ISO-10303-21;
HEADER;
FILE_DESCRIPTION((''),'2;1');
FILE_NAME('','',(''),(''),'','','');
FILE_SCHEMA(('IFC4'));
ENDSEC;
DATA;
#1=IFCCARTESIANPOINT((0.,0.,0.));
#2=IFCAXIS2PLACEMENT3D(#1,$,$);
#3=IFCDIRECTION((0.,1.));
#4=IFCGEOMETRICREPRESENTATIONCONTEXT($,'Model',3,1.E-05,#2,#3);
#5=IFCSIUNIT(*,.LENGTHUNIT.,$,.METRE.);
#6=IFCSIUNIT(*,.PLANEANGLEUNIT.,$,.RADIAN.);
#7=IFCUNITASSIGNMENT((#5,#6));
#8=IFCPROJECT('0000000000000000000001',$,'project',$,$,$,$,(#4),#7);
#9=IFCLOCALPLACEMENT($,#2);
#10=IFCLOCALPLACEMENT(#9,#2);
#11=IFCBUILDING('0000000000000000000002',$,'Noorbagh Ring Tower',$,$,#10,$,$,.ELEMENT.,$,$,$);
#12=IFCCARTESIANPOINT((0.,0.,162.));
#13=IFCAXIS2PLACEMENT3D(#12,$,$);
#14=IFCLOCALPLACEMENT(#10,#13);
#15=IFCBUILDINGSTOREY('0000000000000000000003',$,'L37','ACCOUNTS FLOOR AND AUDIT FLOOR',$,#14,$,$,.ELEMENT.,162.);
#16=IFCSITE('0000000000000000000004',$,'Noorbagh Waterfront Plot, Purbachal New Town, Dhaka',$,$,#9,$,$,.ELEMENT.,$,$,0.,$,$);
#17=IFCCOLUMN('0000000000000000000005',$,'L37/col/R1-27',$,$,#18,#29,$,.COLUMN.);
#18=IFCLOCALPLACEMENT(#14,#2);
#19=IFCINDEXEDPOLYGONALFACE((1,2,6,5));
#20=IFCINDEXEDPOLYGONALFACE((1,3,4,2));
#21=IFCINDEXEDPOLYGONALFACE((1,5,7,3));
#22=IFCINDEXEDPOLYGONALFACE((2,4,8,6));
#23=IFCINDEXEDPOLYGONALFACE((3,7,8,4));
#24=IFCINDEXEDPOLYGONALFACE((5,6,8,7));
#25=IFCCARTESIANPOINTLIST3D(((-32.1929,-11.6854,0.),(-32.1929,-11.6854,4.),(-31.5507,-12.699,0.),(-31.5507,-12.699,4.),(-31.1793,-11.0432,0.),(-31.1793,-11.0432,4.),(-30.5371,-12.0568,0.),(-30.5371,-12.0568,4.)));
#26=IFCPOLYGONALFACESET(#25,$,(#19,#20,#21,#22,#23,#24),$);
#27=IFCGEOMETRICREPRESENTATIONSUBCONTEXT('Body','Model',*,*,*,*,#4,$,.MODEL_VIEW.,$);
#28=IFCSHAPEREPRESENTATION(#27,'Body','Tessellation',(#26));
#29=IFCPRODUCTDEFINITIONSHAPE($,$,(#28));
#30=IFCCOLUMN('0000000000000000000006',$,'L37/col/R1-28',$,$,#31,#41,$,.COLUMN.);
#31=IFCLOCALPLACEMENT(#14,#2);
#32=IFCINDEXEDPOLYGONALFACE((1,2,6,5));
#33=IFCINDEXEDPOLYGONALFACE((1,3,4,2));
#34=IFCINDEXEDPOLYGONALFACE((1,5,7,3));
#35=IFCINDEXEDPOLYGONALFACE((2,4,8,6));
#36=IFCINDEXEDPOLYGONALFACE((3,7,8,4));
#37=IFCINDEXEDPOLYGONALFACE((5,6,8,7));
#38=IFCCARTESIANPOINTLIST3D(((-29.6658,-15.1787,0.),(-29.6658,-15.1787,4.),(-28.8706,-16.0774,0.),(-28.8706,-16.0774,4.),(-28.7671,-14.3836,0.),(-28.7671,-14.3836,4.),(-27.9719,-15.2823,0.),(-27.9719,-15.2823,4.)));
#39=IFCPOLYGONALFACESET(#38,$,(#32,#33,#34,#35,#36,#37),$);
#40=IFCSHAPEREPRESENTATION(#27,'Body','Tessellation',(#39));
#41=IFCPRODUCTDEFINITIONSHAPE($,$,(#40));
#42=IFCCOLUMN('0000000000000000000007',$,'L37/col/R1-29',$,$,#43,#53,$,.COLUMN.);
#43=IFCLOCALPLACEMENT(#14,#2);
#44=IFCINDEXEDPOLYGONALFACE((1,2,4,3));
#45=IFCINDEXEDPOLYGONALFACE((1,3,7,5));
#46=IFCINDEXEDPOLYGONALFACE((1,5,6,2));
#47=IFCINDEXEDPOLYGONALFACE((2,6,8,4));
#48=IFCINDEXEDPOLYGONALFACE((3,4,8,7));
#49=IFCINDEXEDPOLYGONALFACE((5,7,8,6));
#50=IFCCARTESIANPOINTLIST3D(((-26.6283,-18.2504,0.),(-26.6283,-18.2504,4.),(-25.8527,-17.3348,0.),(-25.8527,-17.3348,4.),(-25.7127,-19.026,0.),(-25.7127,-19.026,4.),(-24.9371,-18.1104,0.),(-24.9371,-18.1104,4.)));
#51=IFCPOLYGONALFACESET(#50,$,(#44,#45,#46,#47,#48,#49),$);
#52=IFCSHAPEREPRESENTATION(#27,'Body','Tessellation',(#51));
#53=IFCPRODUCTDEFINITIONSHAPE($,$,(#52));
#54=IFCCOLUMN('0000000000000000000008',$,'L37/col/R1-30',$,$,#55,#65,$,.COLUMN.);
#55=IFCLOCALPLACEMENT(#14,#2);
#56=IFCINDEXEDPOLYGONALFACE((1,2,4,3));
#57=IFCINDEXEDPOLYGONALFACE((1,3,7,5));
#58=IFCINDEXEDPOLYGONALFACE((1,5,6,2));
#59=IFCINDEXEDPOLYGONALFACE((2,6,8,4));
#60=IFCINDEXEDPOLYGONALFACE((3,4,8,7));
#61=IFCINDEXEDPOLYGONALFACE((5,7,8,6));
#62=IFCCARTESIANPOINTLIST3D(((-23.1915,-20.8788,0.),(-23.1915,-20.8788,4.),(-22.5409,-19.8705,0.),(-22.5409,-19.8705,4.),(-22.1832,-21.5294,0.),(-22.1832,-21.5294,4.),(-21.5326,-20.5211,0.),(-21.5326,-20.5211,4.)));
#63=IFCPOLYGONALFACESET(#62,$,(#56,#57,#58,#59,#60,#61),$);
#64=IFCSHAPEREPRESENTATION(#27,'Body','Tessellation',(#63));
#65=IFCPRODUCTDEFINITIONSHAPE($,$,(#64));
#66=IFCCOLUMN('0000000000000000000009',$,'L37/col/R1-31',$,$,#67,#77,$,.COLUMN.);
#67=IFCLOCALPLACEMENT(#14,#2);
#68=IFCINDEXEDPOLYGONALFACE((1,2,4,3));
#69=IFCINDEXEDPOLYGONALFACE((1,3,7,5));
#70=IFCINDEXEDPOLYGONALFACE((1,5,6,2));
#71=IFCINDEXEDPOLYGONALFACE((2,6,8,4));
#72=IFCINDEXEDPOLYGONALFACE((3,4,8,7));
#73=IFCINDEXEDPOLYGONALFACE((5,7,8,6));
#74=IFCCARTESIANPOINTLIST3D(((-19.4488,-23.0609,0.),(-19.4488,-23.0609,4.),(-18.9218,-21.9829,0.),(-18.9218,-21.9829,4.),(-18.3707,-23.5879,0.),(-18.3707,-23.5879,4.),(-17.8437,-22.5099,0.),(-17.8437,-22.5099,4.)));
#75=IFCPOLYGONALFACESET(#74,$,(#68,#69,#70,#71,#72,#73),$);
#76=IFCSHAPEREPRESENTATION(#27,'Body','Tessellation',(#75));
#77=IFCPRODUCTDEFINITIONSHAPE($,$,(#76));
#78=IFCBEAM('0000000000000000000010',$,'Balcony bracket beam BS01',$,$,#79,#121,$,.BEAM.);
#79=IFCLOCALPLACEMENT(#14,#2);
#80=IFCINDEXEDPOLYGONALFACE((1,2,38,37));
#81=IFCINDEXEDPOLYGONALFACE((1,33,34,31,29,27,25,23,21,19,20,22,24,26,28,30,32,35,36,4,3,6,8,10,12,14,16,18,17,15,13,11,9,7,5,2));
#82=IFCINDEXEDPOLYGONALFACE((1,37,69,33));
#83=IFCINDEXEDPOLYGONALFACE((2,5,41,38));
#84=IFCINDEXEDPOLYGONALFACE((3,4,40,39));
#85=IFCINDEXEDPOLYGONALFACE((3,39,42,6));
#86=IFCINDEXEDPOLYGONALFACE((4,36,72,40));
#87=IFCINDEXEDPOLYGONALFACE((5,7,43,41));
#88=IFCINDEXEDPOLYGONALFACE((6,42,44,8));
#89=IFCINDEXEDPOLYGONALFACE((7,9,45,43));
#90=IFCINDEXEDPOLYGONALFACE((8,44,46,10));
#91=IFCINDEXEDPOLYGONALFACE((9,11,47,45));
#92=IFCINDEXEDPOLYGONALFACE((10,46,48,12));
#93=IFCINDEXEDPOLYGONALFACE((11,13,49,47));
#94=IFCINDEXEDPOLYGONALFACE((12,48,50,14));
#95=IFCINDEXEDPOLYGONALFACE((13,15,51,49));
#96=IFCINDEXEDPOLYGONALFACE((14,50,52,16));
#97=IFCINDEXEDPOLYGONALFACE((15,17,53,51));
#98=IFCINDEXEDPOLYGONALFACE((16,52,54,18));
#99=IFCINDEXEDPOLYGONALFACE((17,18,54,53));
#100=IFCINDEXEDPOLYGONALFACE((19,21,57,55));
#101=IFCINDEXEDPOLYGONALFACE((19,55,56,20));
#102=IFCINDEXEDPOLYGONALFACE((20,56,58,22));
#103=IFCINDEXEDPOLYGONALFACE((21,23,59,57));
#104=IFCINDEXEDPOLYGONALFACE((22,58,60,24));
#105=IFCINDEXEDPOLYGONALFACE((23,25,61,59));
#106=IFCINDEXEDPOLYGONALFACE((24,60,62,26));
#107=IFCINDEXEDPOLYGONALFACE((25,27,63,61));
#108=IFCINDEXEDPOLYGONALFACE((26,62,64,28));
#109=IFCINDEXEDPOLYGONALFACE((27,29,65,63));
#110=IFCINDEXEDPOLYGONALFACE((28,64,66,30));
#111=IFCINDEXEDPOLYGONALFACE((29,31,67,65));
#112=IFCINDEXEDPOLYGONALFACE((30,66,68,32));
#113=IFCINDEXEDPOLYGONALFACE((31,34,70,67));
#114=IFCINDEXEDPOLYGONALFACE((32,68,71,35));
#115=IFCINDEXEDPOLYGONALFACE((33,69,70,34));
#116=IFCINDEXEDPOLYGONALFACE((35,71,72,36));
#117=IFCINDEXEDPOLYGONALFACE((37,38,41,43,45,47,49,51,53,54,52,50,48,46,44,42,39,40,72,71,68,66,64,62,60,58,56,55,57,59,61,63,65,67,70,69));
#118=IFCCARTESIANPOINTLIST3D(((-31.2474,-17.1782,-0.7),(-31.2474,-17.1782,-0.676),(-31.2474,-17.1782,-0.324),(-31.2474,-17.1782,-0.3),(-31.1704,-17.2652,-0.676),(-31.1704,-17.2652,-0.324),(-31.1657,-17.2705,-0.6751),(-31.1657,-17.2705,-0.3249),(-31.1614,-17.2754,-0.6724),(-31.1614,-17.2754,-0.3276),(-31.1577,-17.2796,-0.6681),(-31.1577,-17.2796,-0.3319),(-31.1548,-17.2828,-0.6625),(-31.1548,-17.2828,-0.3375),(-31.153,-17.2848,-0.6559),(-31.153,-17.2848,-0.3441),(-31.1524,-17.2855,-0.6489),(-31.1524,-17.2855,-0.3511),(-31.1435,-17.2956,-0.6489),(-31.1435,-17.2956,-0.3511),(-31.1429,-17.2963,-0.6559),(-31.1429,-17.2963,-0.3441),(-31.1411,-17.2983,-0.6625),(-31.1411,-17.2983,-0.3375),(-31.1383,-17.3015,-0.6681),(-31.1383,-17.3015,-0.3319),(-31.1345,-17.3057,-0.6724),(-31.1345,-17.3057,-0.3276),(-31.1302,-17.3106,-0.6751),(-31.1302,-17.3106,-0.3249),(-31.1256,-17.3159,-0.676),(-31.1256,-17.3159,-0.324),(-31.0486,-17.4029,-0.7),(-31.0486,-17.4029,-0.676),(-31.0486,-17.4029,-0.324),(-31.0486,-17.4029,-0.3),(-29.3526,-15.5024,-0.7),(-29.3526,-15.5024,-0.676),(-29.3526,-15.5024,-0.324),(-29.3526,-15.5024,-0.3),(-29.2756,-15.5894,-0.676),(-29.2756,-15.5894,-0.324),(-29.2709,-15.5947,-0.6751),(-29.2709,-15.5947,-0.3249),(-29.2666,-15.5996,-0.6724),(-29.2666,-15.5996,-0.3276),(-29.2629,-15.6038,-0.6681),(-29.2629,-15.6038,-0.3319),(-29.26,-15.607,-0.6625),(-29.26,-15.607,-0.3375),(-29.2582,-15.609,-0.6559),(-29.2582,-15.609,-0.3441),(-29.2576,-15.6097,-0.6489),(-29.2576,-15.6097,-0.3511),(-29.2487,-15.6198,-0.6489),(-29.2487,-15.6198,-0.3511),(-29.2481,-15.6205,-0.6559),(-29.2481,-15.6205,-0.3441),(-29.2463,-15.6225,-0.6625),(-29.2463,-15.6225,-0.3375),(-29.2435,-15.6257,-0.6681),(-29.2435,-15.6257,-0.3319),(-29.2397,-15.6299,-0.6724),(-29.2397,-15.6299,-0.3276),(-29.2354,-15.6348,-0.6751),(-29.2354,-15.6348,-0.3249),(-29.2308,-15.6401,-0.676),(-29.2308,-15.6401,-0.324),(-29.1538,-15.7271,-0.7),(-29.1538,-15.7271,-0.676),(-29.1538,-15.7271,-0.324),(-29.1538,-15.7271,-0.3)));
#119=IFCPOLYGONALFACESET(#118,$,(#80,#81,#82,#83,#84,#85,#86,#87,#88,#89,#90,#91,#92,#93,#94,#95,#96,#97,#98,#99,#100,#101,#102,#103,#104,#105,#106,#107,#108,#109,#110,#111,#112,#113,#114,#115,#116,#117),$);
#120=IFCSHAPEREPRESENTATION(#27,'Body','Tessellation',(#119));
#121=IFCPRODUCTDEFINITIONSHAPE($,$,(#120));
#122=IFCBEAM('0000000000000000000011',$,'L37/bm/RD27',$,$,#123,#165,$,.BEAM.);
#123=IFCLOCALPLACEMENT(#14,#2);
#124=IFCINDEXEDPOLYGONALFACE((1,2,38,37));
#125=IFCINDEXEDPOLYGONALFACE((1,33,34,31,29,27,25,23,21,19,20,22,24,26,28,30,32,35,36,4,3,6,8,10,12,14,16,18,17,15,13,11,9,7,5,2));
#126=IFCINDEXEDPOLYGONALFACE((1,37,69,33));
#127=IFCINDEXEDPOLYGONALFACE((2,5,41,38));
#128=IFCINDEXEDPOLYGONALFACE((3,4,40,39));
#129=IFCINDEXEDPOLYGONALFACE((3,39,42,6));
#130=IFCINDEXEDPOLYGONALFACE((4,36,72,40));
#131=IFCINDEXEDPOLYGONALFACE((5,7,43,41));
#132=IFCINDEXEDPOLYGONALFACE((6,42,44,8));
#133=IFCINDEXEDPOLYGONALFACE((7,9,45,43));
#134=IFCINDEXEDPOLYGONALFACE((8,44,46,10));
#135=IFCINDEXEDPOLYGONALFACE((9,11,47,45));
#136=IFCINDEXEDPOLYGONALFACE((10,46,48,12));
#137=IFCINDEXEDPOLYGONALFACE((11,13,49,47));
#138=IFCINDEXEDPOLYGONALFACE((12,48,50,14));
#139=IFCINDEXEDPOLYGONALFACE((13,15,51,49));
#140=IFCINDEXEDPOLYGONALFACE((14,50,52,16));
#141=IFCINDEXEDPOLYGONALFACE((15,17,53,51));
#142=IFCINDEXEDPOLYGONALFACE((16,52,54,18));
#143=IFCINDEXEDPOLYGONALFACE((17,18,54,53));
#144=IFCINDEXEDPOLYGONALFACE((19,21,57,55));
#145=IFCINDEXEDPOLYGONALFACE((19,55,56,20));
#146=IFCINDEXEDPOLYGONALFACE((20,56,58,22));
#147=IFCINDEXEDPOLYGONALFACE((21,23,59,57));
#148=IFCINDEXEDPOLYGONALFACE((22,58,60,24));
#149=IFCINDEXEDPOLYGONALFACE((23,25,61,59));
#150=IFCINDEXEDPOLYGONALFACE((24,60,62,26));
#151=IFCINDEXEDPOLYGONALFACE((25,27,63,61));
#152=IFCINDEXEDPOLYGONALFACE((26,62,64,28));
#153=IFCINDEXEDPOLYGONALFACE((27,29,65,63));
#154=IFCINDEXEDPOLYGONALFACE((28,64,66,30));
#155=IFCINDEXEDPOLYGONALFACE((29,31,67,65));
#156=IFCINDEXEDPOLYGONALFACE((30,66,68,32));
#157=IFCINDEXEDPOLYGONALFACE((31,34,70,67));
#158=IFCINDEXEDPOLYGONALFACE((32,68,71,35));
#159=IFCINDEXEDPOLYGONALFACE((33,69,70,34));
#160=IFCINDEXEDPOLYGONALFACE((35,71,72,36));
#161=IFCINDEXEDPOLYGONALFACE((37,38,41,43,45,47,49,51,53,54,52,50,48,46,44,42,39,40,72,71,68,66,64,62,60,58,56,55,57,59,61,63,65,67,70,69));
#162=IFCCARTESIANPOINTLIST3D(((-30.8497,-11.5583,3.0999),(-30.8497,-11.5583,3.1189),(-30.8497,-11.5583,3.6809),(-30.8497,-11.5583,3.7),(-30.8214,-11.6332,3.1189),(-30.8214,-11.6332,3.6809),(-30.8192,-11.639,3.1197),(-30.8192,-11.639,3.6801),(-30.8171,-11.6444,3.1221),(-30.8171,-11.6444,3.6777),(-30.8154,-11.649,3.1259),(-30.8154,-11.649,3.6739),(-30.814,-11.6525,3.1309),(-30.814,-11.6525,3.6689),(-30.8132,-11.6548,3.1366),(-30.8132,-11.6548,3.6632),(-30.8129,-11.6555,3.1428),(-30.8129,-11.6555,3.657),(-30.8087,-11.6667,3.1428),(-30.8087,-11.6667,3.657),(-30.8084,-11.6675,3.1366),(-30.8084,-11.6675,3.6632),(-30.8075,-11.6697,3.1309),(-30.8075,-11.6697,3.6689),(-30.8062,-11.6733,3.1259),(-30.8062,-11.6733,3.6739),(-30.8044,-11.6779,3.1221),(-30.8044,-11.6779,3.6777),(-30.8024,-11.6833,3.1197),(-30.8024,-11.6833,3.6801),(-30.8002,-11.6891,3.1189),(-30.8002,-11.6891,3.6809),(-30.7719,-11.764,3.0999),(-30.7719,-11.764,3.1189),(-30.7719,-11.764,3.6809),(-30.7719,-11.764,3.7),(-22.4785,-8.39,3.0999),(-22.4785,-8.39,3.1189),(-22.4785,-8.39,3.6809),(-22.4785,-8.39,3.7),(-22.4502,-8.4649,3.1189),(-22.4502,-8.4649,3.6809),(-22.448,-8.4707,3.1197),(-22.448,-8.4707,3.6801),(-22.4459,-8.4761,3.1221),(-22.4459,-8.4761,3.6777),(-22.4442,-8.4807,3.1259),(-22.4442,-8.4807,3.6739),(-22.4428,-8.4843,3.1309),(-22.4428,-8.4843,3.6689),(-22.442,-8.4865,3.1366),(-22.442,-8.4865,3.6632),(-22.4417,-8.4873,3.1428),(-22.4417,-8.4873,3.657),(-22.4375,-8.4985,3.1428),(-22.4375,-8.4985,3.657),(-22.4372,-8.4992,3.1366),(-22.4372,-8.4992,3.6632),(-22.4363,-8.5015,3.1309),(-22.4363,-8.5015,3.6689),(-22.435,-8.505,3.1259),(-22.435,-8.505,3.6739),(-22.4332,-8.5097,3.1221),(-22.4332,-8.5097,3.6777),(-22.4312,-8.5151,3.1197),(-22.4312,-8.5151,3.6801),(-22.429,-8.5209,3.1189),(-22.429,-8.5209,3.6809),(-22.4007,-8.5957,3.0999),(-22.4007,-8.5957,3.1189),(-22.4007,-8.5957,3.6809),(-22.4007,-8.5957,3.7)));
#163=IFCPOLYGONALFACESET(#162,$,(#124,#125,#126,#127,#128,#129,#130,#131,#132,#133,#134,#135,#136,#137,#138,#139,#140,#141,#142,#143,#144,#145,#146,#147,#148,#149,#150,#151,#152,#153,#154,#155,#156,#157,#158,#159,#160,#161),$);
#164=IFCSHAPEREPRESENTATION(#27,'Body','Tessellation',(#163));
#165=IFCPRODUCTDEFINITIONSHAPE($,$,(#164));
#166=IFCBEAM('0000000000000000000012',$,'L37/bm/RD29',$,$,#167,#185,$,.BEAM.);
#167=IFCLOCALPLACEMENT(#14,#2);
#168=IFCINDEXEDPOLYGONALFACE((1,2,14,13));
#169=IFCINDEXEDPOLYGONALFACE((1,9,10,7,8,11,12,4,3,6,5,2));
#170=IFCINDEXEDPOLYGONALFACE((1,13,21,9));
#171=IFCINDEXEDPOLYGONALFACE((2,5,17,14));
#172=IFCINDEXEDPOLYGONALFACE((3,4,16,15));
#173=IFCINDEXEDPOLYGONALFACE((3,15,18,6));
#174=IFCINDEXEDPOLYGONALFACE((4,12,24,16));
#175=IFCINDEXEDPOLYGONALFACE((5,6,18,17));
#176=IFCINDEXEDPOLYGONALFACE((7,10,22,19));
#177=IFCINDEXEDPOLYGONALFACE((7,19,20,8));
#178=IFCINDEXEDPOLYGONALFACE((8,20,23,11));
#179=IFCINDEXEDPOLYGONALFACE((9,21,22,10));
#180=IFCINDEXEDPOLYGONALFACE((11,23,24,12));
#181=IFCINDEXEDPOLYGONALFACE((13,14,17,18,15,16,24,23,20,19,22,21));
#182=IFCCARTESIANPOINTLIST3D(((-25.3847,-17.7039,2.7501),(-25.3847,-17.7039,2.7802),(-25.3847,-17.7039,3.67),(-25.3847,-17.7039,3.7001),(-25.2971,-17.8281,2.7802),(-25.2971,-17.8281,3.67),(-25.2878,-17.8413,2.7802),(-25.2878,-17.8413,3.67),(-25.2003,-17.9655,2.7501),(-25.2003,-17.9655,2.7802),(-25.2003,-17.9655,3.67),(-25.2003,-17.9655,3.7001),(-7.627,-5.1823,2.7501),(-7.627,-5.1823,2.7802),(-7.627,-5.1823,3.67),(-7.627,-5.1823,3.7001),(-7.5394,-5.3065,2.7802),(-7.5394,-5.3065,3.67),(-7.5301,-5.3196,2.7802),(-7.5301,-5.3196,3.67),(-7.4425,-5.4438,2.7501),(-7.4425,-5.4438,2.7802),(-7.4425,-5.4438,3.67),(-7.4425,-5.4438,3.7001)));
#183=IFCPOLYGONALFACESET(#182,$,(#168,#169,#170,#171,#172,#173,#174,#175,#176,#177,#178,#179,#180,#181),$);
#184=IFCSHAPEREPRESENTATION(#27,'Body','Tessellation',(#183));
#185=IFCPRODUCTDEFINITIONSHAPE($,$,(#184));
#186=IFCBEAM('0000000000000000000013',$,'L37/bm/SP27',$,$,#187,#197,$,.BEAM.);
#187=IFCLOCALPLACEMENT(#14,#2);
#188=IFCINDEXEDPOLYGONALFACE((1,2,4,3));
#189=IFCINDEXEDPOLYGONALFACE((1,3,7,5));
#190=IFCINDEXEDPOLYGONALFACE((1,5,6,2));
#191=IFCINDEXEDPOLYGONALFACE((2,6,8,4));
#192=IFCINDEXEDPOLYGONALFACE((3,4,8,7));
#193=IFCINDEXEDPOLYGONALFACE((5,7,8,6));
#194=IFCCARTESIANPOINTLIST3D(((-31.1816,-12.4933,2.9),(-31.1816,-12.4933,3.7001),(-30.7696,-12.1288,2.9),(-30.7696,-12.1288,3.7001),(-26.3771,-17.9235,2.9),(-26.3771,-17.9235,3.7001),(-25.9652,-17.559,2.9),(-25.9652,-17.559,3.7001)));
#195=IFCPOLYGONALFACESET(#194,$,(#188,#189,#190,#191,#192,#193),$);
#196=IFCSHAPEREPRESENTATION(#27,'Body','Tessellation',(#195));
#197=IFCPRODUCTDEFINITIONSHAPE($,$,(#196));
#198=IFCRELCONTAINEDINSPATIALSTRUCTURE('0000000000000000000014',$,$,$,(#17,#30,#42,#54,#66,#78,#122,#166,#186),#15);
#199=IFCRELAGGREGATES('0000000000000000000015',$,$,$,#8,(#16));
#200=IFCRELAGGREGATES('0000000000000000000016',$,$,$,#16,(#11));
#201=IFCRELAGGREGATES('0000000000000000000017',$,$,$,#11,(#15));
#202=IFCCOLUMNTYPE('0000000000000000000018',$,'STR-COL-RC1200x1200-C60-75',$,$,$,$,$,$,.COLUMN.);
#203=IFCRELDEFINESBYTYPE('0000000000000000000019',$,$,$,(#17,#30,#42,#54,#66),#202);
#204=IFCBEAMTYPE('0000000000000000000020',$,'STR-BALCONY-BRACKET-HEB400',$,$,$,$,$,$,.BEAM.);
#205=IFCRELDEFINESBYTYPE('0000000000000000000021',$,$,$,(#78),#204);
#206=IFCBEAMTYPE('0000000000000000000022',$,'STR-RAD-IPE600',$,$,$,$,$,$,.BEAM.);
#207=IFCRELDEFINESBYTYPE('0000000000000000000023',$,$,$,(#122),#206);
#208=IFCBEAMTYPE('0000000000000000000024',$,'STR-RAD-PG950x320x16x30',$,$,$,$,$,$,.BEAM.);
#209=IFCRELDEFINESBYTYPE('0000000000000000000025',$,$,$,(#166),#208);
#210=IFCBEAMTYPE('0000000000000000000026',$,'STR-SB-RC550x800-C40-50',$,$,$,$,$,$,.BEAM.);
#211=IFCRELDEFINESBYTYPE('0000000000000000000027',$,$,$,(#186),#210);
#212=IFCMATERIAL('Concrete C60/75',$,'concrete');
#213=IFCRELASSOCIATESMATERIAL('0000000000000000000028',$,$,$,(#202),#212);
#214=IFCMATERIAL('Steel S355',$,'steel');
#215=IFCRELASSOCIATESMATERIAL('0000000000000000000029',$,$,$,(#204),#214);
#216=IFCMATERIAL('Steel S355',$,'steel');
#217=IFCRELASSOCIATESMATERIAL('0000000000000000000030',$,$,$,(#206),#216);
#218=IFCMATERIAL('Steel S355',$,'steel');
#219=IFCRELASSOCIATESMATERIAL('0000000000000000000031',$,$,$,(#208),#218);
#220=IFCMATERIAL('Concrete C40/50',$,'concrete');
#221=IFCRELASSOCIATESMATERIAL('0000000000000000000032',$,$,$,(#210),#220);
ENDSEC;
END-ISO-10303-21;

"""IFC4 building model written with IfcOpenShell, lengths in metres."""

from ifc_helpers import new_model, si_unit, direction, frame, origin, origin_2d, place, context, subcontext, project, spatial, rectangle, i_section, extrude, material, material_profile, profile_set, type_object, element, save


model = new_model("IFC4")

# Units and contexts
model_context = context("Model", 3, precision=1e-05, world=origin(), true_north=direction((0.0, 1.0)))
body_context = subcontext(model_context, "Body", "Model", "MODEL_VIEW")
ifc_project = project(units=[si_unit("LENGTHUNIT", "METRE"), si_unit("PLANEANGLEUNIT", "RADIAN")], contexts=[model_context])

# Site, building, storey
site_placement = place(None, origin())
site = spatial("IfcSite", under=ifc_project, at=site_placement, Name="Noorbagh Waterfront Plot, Purbachal New Town, Dhaka", CompositionType="ELEMENT", RefElevation=0.0)
building_placement = place(site_placement, origin())
building = spatial("IfcBuilding", under=site, at=building_placement, Name="Noorbagh Ring Tower", CompositionType="ELEMENT")
storey_placement = place(building_placement, frame((0.0, 0.0, 162.0)))
storey = spatial("IfcBuildingStorey", under=building, at=storey_placement, Name="L37", Description="ACCOUNTS FLOOR AND AUDIT FLOOR", CompositionType="ELEMENT", Elevation=162.0)

# Columns
ifc_material_1 = material(Name="Concrete C60/75", Category="concrete")
ifc_material_profile_1 = material_profile(ifc_material_1, rectangle(XDim=1.2, YDim=1.2, at=origin_2d()), Name="RC1200x1200")
ifc_profile_set_1 = profile_set([ifc_material_profile_1], Name="Concrete C60/75")
column_type = type_object("IfcColumnType", Name="STR-COL-RC1200x1200-C60-75", PredefinedType="COLUMN", material=ifc_profile_set_1)
for number, where, z_axis, x_axis, name in (
    (1, (-31.365, -11.8711, 0.0), (0.0, 0.0, 1.0), (0.53519, -0.844731, 0.0), "L37/col/R1-27"),
    (2, (-28.8188, -15.2305, 0.0), (0.0, 0.0, 1.0), (0.662636, -0.748942, 0.0), "L37/col/R1-28"),
    (3, (-25.7827, -18.1804, 0.0), (0.0, 0.0, 1.0), (0.763035, -0.646357, 0.0), "L37/col/R1-29"),
    (4, (-22.3621, -20.7, 0.0), (0.0, 0.0, 1.0), (0.840248, -0.542203, 0.0), "L37/col/R1-30"),
    (5, (-18.6462, -22.7854, 0.0), (0.0, 0.0, 1.0), (0.898399, -0.43918, 0.0), "L37/col/R1-31"),
):
    element("IfcColumn", number, at=place(storey_placement, frame(where, z_axis=z_axis, x_axis=x_axis)), inside=storey, type_object=column_type, Name=name, PredefinedType="COLUMN", context=body_context, shape_type="SweptSolid", body=[
        extrude(rectangle(XDim=1.2, YDim=1.2, at=origin_2d()), origin(), (0.0, 0.0, 1.0), 4.0),
    ])

# Beams
ifc_material_2 = material(Name="Steel S355", Category="steel")
ifc_material_profile_2 = material_profile(ifc_material_2, i_section(OverallWidth=0.3, OverallDepth=0.3999, WebThickness=0.0134, FlangeThickness=0.0239, FilletRadius=0.0271, at=origin_2d()), Name="HEB400")
ifc_profile_set_2 = profile_set([ifc_material_profile_2], Name="Steel S355")
beam_type_1 = type_object("IfcBeamType", Name="STR-BALCONY-BRACKET-HEB400", PredefinedType="BEAM", material=ifc_profile_set_2)
beam_1_placement = place(storey_placement, frame((-29.2532, -15.6147, -0.5), z_axis=(-0.749068, -0.662493, 0.0), x_axis=(0.662493, -0.749068, 0.0)))
element("IfcBeam", 6, at=beam_1_placement, inside=storey, type_object=beam_type_1, Name="Balcony bracket beam BS01", PredefinedType="BEAM", context=body_context, shape_type="SweptSolid", body=[
    extrude(i_section(OverallWidth=0.3, OverallDepth=0.3999, WebThickness=0.0134, FlangeThickness=0.0239, FilletRadius=0.0271, at=origin_2d()), origin(), (0.0, 0.0, 1.0), 2.5295),
])
ifc_material_3 = material(Name="Steel S355", Category="steel")
ifc_material_profile_3 = material_profile(ifc_material_3, i_section(OverallWidth=0.22, OverallDepth=0.6001, WebThickness=0.012, FlangeThickness=0.019, FilletRadius=0.0239, at=origin_2d()), Name="IPE600")
ifc_profile_set_3 = profile_set([ifc_material_profile_3], Name="Steel S355")
beam_type_2 = type_object("IfcBeamType", Name="STR-RAD-IPE600", PredefinedType="BEAM", material=ifc_profile_set_3)
beam_2_placement = place(storey_placement, frame((-30.8108, -11.6611, 3.3999), z_axis=(0.935258, 0.353968, 0.0), x_axis=(-0.353968, 0.935258, 0.0)))
element("IfcBeam", 7, at=beam_2_placement, inside=storey, type_object=beam_type_2, Name="L37/bm/RD27", PredefinedType="BEAM", context=body_context, shape_type="SweptSolid", body=[
    extrude(i_section(OverallWidth=0.22, OverallDepth=0.6001, WebThickness=0.012, FlangeThickness=0.019, FilletRadius=0.0239, at=origin_2d()), origin(), (0.0, 0.0, 1.0), 8.9507),
])
ifc_material_4 = material(Name="Steel S355", Category="steel")
ifc_material_profile_4 = material_profile(ifc_material_4, i_section(OverallWidth=0.3201, OverallDepth=0.95, WebThickness=0.0161, FlangeThickness=0.03, at=origin_2d()), Name="PG950x320x16x30")
ifc_profile_set_4 = profile_set([ifc_material_profile_4], Name="Steel S355")
beam_type_3 = type_object("IfcBeamType", Name="STR-RAD-PG950x320x16x30", PredefinedType="BEAM", material=ifc_profile_set_4)
beam_3_placement = place(storey_placement, frame((-25.2925, -17.8347, 3.2251), z_axis=(0.817254, 0.576278, 0.0), x_axis=(-0.576278, 0.817254, 0.0)))
element("IfcBeam", 8, at=beam_3_placement, inside=storey, type_object=beam_type_3, Name="L37/bm/RD29", PredefinedType="BEAM", context=body_context, shape_type="SweptSolid", body=[
    extrude(i_section(OverallWidth=0.3201, OverallDepth=0.95, WebThickness=0.0161, FlangeThickness=0.03, at=origin_2d()), origin(), (0.0, 0.0, 1.0), 21.7285),
])
ifc_material_5 = material(Name="Concrete C40/50", Category="concrete")
ifc_material_profile_5 = material_profile(ifc_material_5, rectangle(XDim=0.55, YDim=0.8, at=origin_2d()), Name="RC550x800")
ifc_profile_set_5 = profile_set([ifc_material_profile_5], Name="Concrete C40/50")
beam_type_4 = type_object("IfcBeamType", Name="STR-SB-RC550x800-C40-50", PredefinedType="BEAM", material=ifc_profile_set_5)
beam_4_placement = place(storey_placement, frame((-30.9756, -12.311, 3.3), z_axis=(0.662638, -0.74894, 0.0), x_axis=(0.74894, 0.662638, 0.0)))
element("IfcBeam", 9, at=beam_4_placement, inside=storey, type_object=beam_type_4, Name="L37/bm/SP27", PredefinedType="BEAM", context=body_context, shape_type="SweptSolid", body=[
    extrude(rectangle(XDim=0.55, YDim=0.8, at=origin_2d()), origin(), (0.0, 0.0, 1.0), 7.2505),
])

save(model, "model.ifc")
